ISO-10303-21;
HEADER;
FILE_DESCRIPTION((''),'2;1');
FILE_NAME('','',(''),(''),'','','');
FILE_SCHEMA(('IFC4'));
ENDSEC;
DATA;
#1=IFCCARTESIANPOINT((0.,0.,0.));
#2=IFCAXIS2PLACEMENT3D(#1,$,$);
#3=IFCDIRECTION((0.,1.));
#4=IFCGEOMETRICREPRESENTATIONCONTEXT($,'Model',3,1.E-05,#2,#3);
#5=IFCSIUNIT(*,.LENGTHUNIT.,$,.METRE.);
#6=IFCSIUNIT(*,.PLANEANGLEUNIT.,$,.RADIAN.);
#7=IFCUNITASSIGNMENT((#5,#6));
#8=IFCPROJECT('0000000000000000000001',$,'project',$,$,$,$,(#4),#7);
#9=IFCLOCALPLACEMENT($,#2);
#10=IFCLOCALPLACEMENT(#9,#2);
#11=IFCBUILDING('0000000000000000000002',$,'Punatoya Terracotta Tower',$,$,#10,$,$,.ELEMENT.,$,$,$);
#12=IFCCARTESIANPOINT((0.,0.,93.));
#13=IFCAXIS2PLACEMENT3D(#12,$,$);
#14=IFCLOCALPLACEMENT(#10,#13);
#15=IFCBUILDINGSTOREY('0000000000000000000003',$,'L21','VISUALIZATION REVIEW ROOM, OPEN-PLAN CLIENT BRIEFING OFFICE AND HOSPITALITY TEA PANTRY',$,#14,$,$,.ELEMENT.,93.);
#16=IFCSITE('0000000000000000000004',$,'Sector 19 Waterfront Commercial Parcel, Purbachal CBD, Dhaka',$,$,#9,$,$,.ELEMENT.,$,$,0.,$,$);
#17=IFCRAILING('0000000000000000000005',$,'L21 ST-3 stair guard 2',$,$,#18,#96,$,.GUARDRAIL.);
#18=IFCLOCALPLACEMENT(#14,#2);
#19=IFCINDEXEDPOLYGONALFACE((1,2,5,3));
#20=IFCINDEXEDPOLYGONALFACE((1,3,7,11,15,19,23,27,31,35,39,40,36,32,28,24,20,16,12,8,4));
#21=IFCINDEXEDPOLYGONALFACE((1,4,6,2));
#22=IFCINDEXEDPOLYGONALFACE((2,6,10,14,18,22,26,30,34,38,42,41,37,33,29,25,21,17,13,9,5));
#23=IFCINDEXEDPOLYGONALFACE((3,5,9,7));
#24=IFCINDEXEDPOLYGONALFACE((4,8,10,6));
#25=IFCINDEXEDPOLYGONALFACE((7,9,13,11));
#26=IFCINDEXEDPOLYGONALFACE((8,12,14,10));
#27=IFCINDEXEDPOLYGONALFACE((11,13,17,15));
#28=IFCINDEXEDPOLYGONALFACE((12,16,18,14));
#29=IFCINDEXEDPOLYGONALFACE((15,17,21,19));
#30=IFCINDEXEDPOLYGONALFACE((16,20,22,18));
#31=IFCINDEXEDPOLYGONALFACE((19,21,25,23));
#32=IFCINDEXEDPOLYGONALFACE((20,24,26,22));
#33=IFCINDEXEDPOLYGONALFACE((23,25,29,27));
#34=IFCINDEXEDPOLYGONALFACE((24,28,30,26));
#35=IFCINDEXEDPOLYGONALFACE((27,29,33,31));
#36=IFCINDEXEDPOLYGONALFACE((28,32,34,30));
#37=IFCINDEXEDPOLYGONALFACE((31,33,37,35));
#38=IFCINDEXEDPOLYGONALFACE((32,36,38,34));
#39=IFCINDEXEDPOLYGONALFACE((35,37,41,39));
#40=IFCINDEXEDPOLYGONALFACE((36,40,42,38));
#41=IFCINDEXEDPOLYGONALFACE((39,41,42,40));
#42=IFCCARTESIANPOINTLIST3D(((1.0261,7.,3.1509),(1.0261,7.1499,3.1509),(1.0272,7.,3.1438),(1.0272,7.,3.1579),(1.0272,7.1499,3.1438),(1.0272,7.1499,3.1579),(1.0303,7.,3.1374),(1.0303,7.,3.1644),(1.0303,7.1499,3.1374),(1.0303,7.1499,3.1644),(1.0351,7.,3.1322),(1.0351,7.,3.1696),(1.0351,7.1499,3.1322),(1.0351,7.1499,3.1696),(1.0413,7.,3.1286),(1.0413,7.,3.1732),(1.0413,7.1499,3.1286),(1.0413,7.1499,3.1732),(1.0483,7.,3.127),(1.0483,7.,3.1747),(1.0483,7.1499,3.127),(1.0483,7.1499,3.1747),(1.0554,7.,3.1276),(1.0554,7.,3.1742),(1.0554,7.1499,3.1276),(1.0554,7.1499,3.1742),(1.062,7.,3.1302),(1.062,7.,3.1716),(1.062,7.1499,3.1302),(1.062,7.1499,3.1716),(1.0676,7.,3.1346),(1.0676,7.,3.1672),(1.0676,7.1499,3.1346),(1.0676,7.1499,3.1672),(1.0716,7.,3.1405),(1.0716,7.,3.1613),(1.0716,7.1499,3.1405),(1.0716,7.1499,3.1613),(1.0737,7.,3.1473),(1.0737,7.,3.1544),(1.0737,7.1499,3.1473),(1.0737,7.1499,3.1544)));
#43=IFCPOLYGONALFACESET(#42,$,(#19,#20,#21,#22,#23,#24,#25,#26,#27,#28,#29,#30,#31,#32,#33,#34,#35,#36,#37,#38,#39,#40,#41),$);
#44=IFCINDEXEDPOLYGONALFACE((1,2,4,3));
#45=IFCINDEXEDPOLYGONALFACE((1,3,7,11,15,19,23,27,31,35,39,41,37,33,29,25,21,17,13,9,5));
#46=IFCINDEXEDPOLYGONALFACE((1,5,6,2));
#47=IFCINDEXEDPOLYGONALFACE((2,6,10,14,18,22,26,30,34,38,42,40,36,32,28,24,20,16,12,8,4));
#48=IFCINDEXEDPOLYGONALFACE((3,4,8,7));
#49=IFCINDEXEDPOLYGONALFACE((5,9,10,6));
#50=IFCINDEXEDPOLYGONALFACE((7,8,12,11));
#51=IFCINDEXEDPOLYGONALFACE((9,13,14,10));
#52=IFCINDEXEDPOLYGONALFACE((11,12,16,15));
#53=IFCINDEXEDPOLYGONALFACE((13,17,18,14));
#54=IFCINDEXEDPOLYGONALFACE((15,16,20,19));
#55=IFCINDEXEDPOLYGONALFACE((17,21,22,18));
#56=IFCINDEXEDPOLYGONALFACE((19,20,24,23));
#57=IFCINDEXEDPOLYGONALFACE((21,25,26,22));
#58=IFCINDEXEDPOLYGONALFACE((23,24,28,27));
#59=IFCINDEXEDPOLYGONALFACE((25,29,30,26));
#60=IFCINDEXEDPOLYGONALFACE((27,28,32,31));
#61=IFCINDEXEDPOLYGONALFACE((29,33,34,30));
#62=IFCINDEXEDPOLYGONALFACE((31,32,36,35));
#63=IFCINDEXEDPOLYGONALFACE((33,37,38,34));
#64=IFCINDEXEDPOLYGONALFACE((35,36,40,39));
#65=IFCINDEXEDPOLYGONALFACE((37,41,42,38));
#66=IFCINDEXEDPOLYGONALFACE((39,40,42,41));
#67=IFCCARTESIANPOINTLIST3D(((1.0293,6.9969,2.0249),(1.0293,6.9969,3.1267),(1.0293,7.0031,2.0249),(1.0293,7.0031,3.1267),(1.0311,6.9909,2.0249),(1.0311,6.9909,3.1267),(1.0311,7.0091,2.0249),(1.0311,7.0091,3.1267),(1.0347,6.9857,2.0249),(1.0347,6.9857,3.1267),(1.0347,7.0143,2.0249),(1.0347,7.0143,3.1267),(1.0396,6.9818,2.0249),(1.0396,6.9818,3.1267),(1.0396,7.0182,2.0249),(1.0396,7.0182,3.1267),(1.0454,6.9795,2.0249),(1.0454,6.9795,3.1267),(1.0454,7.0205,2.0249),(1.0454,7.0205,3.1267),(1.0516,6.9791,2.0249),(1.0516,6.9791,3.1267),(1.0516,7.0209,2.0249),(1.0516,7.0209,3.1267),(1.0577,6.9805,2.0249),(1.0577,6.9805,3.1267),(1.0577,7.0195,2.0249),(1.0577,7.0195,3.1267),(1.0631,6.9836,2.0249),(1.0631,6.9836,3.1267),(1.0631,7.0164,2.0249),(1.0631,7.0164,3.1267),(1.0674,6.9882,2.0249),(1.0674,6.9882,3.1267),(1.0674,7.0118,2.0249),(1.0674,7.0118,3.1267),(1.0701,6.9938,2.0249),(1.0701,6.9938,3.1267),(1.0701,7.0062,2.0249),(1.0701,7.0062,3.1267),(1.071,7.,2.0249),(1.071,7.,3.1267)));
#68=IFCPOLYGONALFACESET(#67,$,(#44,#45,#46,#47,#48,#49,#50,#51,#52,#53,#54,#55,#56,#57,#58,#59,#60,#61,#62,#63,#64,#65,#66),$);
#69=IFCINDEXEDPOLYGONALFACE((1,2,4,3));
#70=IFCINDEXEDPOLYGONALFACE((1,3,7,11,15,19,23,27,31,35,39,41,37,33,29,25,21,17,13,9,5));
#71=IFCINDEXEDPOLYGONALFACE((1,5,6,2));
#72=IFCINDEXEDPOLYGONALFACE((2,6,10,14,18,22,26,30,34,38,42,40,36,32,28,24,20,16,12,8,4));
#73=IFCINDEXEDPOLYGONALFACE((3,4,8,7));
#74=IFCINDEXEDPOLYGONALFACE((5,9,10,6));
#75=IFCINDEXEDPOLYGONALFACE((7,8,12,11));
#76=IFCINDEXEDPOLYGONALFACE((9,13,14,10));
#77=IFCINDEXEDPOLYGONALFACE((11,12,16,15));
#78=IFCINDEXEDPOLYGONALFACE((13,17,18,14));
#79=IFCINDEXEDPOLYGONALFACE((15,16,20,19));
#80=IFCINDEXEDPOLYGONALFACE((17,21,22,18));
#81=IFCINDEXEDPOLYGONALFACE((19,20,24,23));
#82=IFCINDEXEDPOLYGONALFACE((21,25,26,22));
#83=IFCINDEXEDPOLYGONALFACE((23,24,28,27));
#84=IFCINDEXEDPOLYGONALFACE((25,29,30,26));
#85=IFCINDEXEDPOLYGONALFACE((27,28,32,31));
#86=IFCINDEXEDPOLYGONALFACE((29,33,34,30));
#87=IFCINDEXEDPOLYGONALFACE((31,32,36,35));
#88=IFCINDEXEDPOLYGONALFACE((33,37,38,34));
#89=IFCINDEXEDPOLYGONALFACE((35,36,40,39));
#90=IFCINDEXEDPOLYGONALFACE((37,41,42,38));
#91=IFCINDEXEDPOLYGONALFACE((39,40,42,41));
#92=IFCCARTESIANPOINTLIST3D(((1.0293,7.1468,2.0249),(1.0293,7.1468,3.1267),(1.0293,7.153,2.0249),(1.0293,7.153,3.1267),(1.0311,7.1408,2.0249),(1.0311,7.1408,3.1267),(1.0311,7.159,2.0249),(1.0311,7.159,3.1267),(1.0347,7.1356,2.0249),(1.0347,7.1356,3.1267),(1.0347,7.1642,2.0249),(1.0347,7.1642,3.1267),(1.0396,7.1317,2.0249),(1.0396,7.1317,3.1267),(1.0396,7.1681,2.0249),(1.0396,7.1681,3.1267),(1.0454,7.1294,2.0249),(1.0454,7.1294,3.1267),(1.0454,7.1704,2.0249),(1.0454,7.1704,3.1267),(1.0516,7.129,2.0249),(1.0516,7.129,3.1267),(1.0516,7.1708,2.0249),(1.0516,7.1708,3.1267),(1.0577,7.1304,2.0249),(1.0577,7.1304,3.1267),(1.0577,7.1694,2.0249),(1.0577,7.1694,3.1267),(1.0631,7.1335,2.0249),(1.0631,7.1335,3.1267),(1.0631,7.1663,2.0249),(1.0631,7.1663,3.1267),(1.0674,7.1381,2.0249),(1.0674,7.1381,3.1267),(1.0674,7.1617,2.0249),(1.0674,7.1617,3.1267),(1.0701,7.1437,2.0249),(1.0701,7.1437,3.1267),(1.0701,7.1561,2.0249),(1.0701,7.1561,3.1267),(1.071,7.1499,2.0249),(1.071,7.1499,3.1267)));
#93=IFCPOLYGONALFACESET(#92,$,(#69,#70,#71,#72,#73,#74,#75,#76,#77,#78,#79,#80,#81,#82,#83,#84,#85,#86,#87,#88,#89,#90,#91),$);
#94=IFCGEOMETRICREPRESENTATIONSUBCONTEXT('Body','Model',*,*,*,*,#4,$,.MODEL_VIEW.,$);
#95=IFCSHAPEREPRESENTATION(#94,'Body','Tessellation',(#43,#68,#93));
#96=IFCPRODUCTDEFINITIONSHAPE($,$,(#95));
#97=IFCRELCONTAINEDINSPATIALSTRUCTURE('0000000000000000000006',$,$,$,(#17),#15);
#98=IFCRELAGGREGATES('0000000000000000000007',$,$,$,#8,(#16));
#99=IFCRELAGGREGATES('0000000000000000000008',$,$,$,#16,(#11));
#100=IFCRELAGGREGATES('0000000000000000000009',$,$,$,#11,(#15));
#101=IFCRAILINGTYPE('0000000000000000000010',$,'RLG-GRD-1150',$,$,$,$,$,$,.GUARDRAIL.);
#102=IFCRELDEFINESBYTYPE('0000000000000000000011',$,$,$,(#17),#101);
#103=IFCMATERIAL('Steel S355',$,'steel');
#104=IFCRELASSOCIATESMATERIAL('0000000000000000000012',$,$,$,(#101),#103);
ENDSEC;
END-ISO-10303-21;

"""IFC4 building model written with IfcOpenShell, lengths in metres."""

from ifc_helpers import new_model, si_unit, direction, frame, origin, origin_2d, place, context, subcontext, project, spatial, circle, extrude, material, type_object, element, save


model = new_model("IFC4")

# Units and contexts
model_context = context("Model", 3, precision=1e-05, world=origin(), true_north=direction((0.0, 1.0)))
body_context = subcontext(model_context, "Body", "Model", "MODEL_VIEW")
ifc_project = project(units=[si_unit("LENGTHUNIT", "METRE"), si_unit("PLANEANGLEUNIT", "RADIAN")], contexts=[model_context])

# Site, building, storey
site_placement = place(None, origin())
site = spatial("IfcSite", under=ifc_project, at=site_placement, Name="Sector 19 Waterfront Commercial Parcel, Purbachal CBD, Dhaka", CompositionType="ELEMENT", RefElevation=0.0)
building_placement = place(site_placement, origin())
building = spatial("IfcBuilding", under=site, at=building_placement, Name="Punatoya Terracotta Tower", CompositionType="ELEMENT")
storey_placement = place(building_placement, frame((0.0, 0.0, 93.0)))
storey = spatial("IfcBuildingStorey", under=building, at=storey_placement, Name="L21", Description="VISUALIZATION REVIEW ROOM, OPEN-PLAN CLIENT BRIEFING OFFICE AND HOSPITALITY TEA PANTRY", CompositionType="ELEMENT", Elevation=93.0)

# Shared definitions
ifc_material_1 = material(Name="Steel S355", Category="steel")

# Railing
railing_type_1 = type_object("IfcRailingType", Name="RLG-GRD-1150", PredefinedType="GUARDRAIL", material=ifc_material_1)
railing_1_placement = place(storey_placement, frame((1.05, 7.0, 2.0249)))
element("IfcRailing", 1, at=railing_1_placement, inside=storey, type_object=railing_type_1, Name="L21 ST-3 stair guard 2", PredefinedType="GUARDRAIL", context=body_context, shape_type="SweptSolid", body=[
    extrude(circle(Radius=0.0239, at=origin_2d()), frame((0.0, 0.0, 1.126), z_axis=(0.0, 1.0, 0.0), x_axis=(-1.0, 0.0, 0.0)), (0.0, 0.0, 1.0), 0.1499),
    extrude(circle(Radius=0.021, at=origin_2d()), origin(), (0.0, 0.0, 1.0), 1.1018),
    extrude(circle(Radius=0.021, at=origin_2d()), frame((0.0, 0.1499, 0.0)), (0.0, 0.0, 1.0), 1.1018),
])

save(model, "model.ifc")
